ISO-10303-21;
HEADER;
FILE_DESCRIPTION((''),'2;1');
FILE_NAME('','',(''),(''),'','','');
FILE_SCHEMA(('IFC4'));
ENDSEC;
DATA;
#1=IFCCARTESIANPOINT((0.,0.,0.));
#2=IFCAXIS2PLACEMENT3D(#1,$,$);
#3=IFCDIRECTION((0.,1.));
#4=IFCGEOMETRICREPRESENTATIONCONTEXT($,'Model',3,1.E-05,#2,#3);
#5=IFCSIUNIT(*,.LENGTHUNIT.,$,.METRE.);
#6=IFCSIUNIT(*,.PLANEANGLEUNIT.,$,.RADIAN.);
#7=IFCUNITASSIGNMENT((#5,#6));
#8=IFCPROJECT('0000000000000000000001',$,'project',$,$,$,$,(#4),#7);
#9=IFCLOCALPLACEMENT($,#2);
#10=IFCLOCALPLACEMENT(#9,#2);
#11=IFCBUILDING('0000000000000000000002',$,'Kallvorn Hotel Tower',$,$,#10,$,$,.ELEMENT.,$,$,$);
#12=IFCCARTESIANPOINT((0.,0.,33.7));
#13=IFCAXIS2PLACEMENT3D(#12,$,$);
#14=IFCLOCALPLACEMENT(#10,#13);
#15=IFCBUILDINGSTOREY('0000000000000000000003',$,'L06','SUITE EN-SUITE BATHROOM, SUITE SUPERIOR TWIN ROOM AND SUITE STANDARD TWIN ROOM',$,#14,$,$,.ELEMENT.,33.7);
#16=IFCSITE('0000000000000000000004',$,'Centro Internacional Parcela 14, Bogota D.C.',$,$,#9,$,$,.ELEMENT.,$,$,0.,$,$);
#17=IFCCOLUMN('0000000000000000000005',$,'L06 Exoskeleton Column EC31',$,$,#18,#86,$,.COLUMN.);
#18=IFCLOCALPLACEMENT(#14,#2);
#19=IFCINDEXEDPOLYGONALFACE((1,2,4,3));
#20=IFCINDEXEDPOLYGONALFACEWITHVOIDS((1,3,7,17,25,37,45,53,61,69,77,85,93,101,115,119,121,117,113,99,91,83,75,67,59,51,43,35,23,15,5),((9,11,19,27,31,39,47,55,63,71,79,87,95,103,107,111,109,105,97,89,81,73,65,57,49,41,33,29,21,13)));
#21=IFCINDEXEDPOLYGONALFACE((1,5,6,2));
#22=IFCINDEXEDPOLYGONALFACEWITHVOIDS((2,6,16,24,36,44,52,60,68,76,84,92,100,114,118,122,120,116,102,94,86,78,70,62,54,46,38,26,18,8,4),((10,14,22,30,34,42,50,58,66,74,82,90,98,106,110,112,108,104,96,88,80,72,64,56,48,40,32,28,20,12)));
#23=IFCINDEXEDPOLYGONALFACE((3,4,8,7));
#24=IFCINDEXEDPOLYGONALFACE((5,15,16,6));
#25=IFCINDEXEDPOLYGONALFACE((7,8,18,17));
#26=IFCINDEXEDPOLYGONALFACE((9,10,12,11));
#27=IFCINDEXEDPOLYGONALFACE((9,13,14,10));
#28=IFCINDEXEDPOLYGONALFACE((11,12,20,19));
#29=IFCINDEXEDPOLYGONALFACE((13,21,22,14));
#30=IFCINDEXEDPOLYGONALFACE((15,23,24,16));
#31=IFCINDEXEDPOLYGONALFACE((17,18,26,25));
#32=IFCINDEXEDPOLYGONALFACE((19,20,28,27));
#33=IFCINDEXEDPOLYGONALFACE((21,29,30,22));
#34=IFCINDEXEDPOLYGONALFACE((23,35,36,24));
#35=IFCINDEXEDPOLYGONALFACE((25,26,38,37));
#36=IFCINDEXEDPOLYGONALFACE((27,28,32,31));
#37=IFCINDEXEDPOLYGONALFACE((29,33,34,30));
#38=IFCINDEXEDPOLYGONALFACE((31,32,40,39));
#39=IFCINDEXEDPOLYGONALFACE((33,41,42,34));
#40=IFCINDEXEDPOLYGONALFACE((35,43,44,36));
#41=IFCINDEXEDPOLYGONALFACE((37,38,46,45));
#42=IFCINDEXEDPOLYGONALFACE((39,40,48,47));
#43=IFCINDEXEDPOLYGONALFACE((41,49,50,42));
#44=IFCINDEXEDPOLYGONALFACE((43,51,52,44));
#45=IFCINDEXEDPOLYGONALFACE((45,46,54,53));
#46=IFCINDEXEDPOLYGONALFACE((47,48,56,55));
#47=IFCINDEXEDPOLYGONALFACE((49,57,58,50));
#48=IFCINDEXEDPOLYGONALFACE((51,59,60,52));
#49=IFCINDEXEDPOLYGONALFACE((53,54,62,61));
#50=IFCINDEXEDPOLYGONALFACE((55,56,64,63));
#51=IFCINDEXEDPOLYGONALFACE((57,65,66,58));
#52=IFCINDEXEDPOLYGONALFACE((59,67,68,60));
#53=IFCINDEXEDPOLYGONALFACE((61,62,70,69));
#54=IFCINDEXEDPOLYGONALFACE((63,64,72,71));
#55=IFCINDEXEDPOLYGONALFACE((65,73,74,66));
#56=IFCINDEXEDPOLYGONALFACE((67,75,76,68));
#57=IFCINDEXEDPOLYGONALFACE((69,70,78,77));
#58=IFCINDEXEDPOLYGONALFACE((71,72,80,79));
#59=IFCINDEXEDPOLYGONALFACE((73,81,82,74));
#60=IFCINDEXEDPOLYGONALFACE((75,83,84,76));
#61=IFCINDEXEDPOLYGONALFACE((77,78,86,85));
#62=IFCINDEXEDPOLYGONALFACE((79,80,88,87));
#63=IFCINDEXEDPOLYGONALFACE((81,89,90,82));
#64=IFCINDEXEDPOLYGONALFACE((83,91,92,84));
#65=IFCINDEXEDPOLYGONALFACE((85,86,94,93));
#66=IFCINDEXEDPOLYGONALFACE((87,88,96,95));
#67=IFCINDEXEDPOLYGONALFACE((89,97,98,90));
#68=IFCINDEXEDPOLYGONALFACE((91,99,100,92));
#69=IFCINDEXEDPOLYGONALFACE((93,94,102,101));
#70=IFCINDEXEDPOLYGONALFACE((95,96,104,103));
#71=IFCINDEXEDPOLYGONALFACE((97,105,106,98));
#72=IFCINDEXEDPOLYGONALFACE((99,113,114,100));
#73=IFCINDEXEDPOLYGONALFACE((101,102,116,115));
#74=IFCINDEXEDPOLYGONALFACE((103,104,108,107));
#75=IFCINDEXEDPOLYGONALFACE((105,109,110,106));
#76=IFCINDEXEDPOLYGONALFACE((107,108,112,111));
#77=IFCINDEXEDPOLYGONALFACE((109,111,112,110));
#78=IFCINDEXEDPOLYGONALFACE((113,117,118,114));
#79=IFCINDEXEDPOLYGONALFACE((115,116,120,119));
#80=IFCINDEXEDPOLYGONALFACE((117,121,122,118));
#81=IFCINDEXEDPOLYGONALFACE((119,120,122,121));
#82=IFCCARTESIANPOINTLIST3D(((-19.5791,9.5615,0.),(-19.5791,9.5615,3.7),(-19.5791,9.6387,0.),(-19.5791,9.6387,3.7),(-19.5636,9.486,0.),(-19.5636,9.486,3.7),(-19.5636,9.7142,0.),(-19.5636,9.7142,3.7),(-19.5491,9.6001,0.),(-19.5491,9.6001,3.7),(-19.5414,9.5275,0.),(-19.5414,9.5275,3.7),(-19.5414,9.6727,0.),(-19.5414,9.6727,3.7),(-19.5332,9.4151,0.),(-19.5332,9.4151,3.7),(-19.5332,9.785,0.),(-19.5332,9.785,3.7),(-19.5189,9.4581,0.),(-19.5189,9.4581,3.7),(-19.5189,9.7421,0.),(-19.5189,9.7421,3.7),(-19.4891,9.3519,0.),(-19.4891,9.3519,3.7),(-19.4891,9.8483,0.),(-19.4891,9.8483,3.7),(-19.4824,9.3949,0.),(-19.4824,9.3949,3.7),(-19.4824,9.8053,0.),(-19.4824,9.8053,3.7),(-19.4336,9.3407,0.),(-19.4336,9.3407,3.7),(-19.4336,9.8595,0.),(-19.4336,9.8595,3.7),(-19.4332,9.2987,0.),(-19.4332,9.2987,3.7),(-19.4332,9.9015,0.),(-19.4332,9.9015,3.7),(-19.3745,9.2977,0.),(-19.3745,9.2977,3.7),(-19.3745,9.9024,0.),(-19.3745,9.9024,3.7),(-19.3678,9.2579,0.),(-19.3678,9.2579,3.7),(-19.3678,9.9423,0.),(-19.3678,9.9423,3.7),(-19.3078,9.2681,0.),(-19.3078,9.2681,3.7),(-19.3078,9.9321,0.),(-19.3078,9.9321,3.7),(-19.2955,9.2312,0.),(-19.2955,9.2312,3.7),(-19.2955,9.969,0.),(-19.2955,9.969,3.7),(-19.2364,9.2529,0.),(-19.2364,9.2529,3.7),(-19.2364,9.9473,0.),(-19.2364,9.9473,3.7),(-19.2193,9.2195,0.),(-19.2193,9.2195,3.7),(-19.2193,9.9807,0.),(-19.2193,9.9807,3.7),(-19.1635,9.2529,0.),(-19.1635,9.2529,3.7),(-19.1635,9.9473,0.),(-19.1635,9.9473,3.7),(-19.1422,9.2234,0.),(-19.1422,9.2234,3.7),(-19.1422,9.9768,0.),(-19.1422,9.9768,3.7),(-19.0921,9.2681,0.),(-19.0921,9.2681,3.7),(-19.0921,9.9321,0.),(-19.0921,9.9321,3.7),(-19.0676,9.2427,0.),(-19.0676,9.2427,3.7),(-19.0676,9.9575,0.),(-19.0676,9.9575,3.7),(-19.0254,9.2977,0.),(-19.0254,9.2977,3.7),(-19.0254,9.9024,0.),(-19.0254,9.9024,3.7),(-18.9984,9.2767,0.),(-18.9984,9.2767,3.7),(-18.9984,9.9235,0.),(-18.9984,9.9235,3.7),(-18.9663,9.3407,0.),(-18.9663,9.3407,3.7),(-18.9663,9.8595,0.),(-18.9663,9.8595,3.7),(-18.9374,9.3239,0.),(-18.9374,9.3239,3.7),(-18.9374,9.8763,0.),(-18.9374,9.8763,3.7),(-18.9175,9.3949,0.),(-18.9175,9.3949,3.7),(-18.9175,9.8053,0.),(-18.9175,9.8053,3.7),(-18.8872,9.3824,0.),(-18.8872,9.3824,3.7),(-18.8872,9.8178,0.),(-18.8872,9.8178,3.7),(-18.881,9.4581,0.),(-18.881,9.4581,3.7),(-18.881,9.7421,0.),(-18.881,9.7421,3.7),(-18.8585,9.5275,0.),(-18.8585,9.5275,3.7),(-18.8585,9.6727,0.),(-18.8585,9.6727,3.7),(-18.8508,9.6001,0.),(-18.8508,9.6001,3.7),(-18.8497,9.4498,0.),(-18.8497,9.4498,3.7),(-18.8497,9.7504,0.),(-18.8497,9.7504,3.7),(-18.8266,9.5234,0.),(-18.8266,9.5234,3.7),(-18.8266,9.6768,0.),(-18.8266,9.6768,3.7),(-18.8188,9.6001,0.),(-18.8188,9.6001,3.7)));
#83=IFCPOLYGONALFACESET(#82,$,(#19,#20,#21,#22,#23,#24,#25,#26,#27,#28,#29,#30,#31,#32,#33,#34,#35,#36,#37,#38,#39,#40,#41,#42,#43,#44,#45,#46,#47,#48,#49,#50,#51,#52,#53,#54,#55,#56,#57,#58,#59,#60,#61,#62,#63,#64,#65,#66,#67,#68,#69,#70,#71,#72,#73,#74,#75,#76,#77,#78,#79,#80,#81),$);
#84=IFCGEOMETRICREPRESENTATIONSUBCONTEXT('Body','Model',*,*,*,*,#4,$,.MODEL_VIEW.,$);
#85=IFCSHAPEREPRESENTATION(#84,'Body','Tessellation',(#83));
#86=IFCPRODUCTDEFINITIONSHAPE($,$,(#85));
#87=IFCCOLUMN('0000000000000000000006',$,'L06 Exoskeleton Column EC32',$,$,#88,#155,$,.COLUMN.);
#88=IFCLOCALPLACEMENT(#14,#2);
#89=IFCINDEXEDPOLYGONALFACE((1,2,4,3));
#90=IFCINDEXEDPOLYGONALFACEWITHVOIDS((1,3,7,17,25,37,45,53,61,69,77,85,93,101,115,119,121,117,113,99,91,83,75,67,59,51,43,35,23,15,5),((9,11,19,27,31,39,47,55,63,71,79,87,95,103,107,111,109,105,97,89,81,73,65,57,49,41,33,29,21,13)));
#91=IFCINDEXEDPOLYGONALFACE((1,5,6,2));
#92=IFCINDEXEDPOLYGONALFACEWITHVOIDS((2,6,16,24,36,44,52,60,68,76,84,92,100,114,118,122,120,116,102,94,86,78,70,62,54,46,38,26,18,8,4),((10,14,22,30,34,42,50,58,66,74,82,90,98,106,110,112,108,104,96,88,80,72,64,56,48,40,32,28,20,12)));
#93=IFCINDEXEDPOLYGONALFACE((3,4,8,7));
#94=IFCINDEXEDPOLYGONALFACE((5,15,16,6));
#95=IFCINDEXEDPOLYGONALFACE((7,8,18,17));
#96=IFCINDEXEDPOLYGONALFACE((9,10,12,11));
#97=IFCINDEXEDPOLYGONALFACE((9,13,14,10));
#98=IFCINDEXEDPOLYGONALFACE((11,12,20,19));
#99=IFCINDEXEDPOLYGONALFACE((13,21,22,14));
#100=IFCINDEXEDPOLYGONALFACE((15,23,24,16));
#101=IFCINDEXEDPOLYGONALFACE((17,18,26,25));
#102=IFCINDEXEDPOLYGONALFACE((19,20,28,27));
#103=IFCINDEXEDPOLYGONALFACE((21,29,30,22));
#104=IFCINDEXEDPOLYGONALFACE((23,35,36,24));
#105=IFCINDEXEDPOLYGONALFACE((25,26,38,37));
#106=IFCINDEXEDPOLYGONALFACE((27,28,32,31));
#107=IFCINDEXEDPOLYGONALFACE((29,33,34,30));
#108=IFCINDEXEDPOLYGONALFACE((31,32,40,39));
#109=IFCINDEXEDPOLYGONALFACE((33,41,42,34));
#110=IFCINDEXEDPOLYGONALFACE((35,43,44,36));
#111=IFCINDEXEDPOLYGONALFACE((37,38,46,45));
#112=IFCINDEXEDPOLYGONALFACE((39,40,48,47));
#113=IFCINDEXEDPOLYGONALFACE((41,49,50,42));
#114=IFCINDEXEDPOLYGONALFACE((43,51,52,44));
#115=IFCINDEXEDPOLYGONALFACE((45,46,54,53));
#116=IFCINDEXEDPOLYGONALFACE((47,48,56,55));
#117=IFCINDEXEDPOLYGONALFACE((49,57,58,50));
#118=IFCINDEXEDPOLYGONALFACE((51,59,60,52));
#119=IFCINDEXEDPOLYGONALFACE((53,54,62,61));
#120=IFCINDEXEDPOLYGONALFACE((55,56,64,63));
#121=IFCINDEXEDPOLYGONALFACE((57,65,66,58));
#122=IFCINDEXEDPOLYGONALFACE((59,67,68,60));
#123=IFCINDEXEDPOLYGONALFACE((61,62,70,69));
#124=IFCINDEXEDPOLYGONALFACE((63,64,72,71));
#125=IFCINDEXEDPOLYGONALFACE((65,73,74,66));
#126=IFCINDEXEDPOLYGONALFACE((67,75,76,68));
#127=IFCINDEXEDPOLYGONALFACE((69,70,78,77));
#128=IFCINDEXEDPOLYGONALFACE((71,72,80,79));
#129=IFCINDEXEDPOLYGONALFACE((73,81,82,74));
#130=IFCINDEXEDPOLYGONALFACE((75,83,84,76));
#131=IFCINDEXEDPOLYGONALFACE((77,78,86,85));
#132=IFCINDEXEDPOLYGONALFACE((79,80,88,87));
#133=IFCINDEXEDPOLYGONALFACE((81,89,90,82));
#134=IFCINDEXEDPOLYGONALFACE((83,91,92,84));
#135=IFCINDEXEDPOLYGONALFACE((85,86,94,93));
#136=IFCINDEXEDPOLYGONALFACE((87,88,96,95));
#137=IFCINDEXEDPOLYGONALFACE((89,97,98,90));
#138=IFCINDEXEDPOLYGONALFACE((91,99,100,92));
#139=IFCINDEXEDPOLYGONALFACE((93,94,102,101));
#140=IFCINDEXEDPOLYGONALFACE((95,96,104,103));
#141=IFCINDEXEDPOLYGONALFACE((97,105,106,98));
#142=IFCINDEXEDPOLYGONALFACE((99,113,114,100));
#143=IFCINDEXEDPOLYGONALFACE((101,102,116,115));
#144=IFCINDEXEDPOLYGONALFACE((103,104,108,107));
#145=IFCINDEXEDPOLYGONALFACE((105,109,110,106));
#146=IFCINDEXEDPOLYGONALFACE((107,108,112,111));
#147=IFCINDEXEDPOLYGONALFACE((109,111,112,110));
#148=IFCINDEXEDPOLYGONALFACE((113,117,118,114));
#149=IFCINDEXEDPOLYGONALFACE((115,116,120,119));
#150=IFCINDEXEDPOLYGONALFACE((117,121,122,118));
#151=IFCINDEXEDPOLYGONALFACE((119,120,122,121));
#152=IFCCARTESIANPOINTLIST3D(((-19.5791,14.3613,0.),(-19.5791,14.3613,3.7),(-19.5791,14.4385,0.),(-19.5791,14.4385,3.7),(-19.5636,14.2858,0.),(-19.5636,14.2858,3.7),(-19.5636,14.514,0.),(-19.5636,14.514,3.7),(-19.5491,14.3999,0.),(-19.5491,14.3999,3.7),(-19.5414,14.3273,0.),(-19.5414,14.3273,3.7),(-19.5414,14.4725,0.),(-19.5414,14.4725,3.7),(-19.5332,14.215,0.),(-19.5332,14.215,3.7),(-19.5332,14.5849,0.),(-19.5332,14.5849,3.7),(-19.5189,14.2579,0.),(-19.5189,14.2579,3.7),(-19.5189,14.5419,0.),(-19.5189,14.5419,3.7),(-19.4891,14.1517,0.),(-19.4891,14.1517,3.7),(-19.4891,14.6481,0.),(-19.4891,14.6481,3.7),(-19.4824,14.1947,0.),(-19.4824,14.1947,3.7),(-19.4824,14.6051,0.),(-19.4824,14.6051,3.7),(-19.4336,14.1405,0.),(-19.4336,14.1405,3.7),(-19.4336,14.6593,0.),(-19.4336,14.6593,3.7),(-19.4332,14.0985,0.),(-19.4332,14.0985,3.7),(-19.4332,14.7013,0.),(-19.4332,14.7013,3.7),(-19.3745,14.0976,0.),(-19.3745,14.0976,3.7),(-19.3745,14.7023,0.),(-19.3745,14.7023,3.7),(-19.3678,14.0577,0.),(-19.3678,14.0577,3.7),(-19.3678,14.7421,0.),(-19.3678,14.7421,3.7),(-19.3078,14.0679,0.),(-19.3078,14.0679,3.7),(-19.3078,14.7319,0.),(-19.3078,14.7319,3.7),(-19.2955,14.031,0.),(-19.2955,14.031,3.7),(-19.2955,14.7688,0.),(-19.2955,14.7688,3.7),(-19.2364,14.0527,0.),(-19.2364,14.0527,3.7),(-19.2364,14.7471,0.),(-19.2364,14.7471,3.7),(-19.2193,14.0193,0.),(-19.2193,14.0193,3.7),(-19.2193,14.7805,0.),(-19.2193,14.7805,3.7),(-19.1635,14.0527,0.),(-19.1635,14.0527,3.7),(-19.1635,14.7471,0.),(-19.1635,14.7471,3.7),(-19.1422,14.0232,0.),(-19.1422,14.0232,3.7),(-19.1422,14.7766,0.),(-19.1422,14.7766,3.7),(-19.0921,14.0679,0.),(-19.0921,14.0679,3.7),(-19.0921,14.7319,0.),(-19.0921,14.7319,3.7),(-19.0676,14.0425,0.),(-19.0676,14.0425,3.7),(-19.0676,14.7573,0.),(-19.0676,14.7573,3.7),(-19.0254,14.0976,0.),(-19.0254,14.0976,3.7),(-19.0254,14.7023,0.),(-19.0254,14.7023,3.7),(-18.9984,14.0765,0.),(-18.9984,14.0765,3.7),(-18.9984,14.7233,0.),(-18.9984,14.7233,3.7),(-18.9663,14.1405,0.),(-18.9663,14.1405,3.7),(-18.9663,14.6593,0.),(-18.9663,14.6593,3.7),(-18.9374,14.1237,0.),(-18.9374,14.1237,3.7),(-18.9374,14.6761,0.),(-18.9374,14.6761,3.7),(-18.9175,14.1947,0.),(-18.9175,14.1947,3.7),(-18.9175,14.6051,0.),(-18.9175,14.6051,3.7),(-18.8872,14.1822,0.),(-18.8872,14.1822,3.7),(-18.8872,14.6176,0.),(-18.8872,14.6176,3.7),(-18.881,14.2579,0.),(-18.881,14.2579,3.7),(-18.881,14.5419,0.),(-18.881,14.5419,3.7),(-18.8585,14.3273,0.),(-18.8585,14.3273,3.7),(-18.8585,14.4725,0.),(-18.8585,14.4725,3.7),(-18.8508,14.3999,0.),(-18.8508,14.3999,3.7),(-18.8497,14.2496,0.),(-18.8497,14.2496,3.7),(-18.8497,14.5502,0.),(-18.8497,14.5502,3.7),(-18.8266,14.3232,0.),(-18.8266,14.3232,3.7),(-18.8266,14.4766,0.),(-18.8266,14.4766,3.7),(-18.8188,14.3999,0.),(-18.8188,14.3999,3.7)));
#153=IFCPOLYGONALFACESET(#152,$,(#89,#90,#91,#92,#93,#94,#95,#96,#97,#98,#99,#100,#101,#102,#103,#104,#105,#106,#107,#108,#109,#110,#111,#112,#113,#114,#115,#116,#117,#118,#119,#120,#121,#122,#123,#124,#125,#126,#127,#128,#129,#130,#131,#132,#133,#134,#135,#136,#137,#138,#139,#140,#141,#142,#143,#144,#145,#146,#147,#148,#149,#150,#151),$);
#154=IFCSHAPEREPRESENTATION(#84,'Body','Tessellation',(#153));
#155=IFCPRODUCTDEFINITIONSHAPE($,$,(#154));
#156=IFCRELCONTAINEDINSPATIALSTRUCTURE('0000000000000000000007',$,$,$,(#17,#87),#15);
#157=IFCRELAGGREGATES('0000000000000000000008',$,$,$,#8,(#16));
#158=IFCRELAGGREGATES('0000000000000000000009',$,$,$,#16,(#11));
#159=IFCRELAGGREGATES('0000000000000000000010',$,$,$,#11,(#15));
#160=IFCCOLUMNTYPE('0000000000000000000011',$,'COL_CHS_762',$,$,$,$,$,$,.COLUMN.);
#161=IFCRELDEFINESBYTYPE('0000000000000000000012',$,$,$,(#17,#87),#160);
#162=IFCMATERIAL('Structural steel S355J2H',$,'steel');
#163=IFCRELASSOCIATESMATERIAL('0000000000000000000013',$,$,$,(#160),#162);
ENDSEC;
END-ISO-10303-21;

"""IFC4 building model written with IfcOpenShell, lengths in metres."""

from ifc_helpers import new_model, si_unit, direction, frame, origin, origin_2d, place, context, subcontext, project, spatial, hollow_circle, extrude, material, material_profile, profile_set, type_object, element, save


model = new_model("IFC4")

# Units and contexts
model_context = context("Model", 3, precision=1e-05, world=origin(), true_north=direction((0.0, 1.0)))
body_context = subcontext(model_context, "Body", "Model", "MODEL_VIEW")
ifc_project = project(units=[si_unit("LENGTHUNIT", "METRE"), si_unit("PLANEANGLEUNIT", "RADIAN")], contexts=[model_context])

# Site, building, storey
site_placement = place(None, origin())
site = spatial("IfcSite", under=ifc_project, at=site_placement, Name="Centro Internacional Parcela 14, Bogota D.C.", CompositionType="ELEMENT", RefElevation=0.0)
building_placement = place(site_placement, origin())
building = spatial("IfcBuilding", under=site, at=building_placement, Name="Kallvorn Hotel Tower", CompositionType="ELEMENT")
storey_placement = place(building_placement, frame((0.0, 0.0, 33.7)))
storey = spatial("IfcBuildingStorey", under=building, at=storey_placement, Name="L06", Description="SUITE EN-SUITE BATHROOM, SUITE SUPERIOR TWIN ROOM AND SUITE STANDARD TWIN ROOM", CompositionType="ELEMENT", Elevation=33.7)

# Columns
ifc_material_1 = material(Name="Structural steel S355J2H", Category="steel")
ifc_material_profile_1 = material_profile(ifc_material_1, hollow_circle(Radius=0.3811, WallThickness=0.032, at=origin_2d()), Name="CHS 762x32")
ifc_profile_set_1 = profile_set([ifc_material_profile_1], Name="Structural steel S355J2H")
column_type_1 = type_object("IfcColumnType", Name="COL_CHS_762", PredefinedType="COLUMN", material=ifc_profile_set_1)
for number, where, z_axis, x_axis, name in (
    (1, (-19.2, 9.6001, 0.0), (0.0, 0.0, 1.0), (1.0, 0.0, 0.0), "L06 Exoskeleton Column EC31"),
    (2, (-19.2, 14.3999, 0.0), (0.0, 0.0, 1.0), (1.0, 0.0, 0.0), "L06 Exoskeleton Column EC32"),
):
    element("IfcColumn", number, at=place(storey_placement, frame(where, z_axis=z_axis, x_axis=x_axis)), inside=storey, type_object=column_type_1, Name=name, PredefinedType="COLUMN", context=body_context, shape_type="SweptSolid", body=[
        extrude(hollow_circle(Radius=0.3811, WallThickness=0.032, at=origin_2d()), origin(), (0.0, 0.0, 1.0), 3.7),
    ])

save(model, "model.ifc")
